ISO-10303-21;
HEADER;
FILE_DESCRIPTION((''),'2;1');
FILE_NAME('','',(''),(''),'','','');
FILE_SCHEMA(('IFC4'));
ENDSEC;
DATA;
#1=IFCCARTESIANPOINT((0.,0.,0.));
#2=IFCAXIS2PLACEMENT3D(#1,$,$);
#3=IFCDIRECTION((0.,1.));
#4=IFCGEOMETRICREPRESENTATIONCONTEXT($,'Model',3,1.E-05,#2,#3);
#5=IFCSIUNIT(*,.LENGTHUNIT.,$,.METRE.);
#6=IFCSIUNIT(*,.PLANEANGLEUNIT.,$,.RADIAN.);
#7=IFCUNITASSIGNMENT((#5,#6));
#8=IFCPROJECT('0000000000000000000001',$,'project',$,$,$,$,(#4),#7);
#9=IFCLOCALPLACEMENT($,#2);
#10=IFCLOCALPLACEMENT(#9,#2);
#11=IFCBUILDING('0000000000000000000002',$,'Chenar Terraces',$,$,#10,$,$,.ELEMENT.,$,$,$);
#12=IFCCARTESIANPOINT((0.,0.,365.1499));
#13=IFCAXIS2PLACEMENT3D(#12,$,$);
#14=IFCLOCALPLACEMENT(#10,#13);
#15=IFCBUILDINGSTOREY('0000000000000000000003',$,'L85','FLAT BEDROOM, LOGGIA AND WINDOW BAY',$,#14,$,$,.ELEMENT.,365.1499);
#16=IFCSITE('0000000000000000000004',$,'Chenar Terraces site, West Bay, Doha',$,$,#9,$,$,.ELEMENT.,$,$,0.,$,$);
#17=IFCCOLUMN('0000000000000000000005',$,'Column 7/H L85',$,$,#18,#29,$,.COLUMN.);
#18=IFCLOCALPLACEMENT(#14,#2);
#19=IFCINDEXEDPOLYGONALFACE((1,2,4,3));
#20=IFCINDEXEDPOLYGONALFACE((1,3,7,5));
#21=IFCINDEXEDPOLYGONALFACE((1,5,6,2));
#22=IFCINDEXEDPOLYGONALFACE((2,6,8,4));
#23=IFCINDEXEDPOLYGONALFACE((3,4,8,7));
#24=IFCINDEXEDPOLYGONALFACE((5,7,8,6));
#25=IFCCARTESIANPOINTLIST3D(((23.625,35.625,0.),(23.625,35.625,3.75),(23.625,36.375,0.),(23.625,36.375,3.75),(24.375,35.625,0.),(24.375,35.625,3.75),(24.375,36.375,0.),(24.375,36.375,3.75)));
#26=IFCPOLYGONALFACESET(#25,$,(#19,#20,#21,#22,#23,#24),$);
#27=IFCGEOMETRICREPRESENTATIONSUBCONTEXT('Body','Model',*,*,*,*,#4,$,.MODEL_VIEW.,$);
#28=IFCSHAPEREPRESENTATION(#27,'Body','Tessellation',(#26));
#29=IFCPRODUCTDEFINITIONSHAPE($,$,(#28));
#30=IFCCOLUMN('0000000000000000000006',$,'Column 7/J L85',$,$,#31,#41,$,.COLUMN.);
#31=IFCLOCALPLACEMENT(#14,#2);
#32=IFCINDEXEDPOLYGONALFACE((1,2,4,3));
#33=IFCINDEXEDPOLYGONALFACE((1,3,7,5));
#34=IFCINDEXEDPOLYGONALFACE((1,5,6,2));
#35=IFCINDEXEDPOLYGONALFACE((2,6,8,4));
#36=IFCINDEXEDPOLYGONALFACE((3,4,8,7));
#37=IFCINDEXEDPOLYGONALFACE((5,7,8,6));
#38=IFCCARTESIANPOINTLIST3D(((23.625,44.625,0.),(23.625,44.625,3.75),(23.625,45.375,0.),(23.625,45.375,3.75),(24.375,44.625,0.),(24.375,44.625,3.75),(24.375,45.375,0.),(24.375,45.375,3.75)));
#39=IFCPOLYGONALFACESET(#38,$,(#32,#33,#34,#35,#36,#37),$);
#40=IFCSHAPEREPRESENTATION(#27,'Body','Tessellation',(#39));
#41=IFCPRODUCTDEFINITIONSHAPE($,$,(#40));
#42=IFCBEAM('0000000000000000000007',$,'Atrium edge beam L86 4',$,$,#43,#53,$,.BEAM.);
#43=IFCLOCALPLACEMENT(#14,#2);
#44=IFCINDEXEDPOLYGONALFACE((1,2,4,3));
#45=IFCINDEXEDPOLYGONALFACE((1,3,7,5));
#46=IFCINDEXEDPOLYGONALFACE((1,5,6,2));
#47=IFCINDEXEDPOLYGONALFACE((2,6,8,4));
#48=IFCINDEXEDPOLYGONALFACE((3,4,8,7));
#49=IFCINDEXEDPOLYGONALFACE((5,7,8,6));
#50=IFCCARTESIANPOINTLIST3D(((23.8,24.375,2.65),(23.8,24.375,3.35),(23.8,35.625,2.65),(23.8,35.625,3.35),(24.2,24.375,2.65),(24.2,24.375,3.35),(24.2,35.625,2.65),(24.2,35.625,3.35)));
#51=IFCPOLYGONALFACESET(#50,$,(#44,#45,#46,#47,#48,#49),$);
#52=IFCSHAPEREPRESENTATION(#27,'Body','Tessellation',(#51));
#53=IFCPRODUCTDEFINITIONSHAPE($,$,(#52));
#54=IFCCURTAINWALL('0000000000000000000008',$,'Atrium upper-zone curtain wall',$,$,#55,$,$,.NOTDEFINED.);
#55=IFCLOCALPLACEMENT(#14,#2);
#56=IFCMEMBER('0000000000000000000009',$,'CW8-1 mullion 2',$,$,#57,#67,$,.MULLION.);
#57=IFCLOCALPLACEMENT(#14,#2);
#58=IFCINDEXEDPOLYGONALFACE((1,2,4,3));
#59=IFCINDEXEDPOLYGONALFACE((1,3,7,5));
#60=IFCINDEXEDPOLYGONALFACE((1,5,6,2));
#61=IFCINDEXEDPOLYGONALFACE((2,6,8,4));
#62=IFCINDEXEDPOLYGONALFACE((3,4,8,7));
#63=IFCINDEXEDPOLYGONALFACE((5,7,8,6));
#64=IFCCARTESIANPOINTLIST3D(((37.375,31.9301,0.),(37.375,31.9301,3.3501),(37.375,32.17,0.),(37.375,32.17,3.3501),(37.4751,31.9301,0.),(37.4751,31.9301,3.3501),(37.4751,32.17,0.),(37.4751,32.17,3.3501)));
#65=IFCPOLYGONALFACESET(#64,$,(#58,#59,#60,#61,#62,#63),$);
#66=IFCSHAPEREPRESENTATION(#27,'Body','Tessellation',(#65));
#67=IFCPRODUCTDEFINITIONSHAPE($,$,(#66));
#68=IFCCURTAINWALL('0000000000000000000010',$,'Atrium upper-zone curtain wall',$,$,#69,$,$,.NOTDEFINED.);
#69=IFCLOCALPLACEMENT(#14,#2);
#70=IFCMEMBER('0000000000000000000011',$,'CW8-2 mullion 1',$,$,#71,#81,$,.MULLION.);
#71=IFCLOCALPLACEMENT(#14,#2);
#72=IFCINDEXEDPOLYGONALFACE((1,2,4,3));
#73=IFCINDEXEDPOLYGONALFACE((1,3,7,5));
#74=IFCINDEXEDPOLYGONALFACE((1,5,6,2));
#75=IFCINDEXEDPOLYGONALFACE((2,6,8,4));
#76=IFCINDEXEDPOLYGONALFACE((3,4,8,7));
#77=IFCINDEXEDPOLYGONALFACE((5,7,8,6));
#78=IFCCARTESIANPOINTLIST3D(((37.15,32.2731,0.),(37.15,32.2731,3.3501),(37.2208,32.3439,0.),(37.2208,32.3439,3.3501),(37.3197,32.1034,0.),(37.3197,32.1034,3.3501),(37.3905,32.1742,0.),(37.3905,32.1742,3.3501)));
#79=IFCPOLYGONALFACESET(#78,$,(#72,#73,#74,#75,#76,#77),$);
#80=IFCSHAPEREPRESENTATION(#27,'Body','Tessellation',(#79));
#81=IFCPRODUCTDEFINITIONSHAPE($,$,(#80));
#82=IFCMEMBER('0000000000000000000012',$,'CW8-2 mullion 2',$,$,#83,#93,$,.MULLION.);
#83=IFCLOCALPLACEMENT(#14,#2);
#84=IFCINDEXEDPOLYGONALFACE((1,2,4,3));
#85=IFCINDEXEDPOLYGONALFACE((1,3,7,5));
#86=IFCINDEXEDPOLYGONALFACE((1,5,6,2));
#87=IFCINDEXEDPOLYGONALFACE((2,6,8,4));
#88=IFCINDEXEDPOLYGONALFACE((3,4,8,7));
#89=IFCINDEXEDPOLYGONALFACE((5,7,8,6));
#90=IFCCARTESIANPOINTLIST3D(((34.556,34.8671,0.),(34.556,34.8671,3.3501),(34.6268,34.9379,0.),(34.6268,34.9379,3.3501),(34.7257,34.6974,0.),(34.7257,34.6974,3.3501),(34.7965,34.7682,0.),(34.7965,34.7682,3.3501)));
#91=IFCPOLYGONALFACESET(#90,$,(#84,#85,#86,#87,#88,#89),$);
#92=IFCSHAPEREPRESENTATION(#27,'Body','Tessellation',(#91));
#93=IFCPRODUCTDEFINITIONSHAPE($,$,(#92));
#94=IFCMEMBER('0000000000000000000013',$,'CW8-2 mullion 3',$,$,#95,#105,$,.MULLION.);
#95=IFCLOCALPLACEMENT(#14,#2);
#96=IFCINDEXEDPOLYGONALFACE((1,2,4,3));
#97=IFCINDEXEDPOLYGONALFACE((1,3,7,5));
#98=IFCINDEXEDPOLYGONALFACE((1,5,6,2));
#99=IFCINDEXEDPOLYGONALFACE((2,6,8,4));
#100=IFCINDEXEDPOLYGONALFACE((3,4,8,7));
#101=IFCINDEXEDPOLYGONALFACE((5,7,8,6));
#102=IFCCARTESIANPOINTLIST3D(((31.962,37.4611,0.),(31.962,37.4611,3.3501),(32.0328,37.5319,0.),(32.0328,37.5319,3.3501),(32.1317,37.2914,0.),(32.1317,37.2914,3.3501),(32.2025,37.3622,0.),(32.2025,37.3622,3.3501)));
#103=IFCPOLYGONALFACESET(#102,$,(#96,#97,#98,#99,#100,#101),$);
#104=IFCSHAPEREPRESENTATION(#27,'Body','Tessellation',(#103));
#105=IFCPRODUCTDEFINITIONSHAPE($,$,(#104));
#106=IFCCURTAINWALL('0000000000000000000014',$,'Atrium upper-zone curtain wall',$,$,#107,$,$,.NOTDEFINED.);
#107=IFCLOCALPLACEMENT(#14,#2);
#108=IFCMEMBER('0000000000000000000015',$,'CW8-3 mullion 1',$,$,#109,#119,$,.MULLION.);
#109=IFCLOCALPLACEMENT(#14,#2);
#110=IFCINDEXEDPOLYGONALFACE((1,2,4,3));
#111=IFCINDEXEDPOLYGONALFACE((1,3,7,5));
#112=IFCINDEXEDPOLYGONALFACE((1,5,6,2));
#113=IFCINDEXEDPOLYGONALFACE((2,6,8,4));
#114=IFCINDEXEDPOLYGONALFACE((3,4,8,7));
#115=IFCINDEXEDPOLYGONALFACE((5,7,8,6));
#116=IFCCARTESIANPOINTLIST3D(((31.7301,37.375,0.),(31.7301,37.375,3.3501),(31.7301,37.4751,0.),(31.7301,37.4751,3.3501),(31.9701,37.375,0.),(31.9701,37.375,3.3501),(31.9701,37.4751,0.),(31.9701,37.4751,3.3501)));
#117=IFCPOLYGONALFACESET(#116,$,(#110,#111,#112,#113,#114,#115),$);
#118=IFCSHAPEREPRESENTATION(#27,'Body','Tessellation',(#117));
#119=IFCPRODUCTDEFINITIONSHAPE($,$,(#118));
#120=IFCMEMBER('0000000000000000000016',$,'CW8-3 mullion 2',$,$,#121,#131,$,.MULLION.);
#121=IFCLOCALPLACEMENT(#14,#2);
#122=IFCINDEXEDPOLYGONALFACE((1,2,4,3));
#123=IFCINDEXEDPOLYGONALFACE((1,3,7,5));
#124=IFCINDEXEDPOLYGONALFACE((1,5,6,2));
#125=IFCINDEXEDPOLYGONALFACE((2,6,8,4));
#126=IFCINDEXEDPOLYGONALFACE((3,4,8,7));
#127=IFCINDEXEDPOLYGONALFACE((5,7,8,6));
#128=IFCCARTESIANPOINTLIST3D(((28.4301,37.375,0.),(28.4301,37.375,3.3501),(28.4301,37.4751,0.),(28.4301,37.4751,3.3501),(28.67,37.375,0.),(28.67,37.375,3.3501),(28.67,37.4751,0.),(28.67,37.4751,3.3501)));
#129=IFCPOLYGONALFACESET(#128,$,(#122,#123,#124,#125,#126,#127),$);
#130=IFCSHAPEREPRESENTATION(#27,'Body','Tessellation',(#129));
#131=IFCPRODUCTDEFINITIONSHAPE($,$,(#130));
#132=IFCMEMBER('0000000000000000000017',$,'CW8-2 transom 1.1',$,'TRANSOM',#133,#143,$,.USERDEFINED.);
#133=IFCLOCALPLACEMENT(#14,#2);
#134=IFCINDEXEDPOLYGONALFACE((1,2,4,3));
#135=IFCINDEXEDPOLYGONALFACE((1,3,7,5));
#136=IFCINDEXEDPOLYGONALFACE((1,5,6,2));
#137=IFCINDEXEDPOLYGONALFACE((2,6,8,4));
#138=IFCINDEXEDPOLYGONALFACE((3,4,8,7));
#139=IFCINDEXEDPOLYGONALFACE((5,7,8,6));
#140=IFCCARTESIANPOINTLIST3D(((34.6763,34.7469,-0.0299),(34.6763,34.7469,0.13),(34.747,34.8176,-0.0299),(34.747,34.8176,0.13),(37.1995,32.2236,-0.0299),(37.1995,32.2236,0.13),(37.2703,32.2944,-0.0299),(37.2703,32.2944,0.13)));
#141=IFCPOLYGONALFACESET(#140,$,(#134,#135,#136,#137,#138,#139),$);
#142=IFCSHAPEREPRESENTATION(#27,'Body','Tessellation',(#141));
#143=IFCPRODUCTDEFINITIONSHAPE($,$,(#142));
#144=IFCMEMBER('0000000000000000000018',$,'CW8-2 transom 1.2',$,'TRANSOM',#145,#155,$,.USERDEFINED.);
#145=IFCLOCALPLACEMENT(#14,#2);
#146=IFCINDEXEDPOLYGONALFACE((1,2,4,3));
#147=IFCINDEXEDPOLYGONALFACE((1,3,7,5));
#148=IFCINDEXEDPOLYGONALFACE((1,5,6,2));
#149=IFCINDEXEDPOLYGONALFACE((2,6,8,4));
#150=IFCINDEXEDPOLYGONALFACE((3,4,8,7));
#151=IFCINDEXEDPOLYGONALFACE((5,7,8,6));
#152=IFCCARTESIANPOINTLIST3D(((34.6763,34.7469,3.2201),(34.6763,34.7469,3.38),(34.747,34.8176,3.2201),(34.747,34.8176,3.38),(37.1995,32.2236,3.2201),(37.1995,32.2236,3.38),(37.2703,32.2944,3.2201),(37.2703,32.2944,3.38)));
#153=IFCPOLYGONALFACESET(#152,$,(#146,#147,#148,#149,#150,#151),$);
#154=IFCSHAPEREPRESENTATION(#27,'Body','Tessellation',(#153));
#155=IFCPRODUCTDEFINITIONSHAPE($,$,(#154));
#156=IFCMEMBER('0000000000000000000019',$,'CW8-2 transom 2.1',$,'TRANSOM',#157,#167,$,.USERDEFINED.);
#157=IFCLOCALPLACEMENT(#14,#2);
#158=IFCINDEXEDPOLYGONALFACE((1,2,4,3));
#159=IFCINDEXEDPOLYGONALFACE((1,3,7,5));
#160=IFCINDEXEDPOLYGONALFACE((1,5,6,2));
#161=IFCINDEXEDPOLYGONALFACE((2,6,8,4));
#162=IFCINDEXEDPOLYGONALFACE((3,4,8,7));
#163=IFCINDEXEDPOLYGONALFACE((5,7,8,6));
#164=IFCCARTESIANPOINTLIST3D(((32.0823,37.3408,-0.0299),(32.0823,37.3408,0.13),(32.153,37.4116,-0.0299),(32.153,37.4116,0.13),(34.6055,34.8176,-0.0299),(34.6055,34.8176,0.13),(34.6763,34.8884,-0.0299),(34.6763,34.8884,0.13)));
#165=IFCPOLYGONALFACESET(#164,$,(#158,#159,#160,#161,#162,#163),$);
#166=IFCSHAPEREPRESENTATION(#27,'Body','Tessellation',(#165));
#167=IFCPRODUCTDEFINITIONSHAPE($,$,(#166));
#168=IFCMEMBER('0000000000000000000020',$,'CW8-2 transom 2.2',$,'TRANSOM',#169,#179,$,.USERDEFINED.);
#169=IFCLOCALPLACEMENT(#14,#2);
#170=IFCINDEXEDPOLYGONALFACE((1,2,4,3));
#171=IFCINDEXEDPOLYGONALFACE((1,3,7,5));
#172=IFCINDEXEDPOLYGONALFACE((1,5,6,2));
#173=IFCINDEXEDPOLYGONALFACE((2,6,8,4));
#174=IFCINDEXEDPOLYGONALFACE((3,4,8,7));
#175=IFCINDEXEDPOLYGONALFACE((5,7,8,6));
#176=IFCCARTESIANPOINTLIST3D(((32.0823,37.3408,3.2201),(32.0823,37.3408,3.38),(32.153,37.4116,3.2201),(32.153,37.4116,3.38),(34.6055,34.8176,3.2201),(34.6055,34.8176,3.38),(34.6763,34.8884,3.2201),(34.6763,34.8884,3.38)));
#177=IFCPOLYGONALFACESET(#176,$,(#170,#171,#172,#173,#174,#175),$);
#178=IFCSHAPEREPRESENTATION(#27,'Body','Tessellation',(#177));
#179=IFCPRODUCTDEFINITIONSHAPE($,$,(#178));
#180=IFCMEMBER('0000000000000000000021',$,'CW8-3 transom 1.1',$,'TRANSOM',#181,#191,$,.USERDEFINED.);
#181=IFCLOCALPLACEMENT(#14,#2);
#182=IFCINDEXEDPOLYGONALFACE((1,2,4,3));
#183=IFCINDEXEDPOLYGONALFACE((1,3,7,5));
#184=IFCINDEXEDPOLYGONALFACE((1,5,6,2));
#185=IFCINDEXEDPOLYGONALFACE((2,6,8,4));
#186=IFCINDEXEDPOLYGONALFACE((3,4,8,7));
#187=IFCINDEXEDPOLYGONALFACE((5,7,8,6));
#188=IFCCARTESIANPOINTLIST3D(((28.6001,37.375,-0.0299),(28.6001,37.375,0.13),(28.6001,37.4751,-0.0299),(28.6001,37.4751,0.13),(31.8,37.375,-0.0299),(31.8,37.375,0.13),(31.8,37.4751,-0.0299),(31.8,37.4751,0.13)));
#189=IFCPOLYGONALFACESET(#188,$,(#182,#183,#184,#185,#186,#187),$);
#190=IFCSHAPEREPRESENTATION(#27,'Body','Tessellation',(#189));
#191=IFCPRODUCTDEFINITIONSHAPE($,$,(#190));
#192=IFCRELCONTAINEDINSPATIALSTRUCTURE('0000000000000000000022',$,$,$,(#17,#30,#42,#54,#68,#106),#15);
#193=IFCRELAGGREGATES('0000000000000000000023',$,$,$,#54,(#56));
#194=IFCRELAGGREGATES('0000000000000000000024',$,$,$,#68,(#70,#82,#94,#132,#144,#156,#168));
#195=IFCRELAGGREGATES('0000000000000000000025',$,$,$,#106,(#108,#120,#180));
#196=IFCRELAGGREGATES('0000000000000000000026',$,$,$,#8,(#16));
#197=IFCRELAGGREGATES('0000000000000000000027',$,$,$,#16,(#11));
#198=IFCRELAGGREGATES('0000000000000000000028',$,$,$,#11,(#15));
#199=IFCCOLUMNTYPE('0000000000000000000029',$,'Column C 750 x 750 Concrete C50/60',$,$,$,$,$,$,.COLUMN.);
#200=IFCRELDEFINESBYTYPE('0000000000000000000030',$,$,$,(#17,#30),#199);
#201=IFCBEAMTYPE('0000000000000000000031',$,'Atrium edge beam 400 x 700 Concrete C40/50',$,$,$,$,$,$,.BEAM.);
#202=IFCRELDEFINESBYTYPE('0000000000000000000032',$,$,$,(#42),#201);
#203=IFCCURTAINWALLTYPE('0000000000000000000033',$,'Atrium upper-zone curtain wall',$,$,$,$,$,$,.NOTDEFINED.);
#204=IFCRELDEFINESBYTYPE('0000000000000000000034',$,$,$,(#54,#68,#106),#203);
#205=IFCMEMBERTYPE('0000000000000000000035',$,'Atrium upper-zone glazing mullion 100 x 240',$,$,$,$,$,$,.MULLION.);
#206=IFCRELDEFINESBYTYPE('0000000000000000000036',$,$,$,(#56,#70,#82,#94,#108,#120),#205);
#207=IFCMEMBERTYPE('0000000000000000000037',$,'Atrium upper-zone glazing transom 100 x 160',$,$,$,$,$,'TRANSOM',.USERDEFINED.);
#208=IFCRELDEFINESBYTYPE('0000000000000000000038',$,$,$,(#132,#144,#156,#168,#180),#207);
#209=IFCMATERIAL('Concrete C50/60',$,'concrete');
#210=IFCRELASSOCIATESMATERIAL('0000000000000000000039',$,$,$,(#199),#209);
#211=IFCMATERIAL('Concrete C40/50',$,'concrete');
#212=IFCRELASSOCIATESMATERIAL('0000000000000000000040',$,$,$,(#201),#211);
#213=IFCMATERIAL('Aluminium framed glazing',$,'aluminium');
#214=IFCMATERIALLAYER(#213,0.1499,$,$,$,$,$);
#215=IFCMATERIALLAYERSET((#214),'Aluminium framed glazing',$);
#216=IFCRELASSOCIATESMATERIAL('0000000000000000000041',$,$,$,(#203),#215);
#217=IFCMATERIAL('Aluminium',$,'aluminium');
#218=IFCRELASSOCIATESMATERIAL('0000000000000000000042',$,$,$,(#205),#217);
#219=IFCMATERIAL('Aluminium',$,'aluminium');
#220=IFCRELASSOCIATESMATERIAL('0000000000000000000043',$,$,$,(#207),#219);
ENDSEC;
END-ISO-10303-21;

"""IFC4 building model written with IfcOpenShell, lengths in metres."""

from ifc_helpers import new_model, si_unit, direction, frame, origin, origin_2d, place, context, subcontext, project, spatial, rectangle, extrude, material, layer, layer_set, material_profile, profile_set, type_object, element, aggregate, save


model = new_model("IFC4")

# Units and contexts
model_context = context("Model", 3, precision=1e-05, world=origin(), true_north=direction((0.0, 1.0)))
body_context = subcontext(model_context, "Body", "Model", "MODEL_VIEW")
ifc_project = project(units=[si_unit("LENGTHUNIT", "METRE"), si_unit("PLANEANGLEUNIT", "RADIAN")], contexts=[model_context])

# Site, building, storey
site_placement = place(None, origin())
site = spatial("IfcSite", under=ifc_project, at=site_placement, Name="Chenar Terraces site, West Bay, Doha", CompositionType="ELEMENT", RefElevation=0.0)
building_placement = place(site_placement, origin())
building = spatial("IfcBuilding", under=site, at=building_placement, Name="Chenar Terraces", CompositionType="ELEMENT")
storey_placement = place(building_placement, frame((0.0, 0.0, 365.1499)))
storey = spatial("IfcBuildingStorey", under=building, at=storey_placement, Name="L85", Description="FLAT BEDROOM, LOGGIA AND WINDOW BAY", CompositionType="ELEMENT", Elevation=365.1499)

# Columns
ifc_material_1 = material(Name="Concrete C50/60", Category="concrete")
ifc_material_profile_1 = material_profile(ifc_material_1, rectangle(XDim=0.75, YDim=0.75, at=origin_2d()), Name="C 750 x 750")
ifc_profile_set_1 = profile_set([ifc_material_profile_1], Name="Concrete C50/60")
column_type = type_object("IfcColumnType", Name="Column C 750 x 750 Concrete C50/60", PredefinedType="COLUMN", material=ifc_profile_set_1)
for number, where, z_axis, x_axis, name in (
    (1, (24.0, 36.0, 0.0), (0.0, 0.0, 1.0), (1.0, 0.0, 0.0), "Column 7/H L85"),
    (2, (24.0, 45.0, 0.0), (0.0, 0.0, 1.0), (1.0, 0.0, 0.0), "Column 7/J L85"),
):
    element("IfcColumn", number, at=place(storey_placement, frame(where, z_axis=z_axis, x_axis=x_axis)), inside=storey, type_object=column_type, Name=name, PredefinedType="COLUMN", context=body_context, shape_type="SweptSolid", body=[
        extrude(rectangle(XDim=0.75, YDim=0.75, at=origin_2d()), origin(), (0.0, 0.0, 1.0), 3.75),
    ])

# Beam
ifc_material_2 = material(Name="Concrete C40/50", Category="concrete")
ifc_material_profile_2 = material_profile(ifc_material_2, rectangle(XDim=0.3999, YDim=0.7, at=origin_2d()), Name="RC 400 x 700")
ifc_profile_set_2 = profile_set([ifc_material_profile_2], Name="Concrete C40/50")
beam_type = type_object("IfcBeamType", Name="Atrium edge beam 400 x 700 Concrete C40/50", PredefinedType="BEAM", material=ifc_profile_set_2)
beam_placement = place(storey_placement, frame((24.0, 35.625, 3.0), z_axis=(0.0, -1.0, 0.0), x_axis=(1.0, 0.0, 0.0)))
element("IfcBeam", 3, at=beam_placement, inside=storey, type_object=beam_type, Name="Atrium edge beam L86 4", PredefinedType="BEAM", context=body_context, shape_type="SweptSolid", body=[
    extrude(rectangle(XDim=0.3999, YDim=0.7, at=origin_2d()), origin(), (0.0, 0.0, 1.0), 11.25),
])

# Curtain wall, member
ifc_material_3 = material(Name="Aluminium framed glazing", Category="aluminium")
ifc_layer_1 = layer(ifc_material_3, 0.1499)
ifc_layer_set_1 = layer_set([ifc_layer_1], Name="Aluminium framed glazing")
curtain_wall_type = type_object("IfcCurtainWallType", Name="Atrium upper-zone curtain wall", PredefinedType="NOTDEFINED", material=ifc_layer_set_1)
placement = place(storey_placement, origin())
curtain_wall_1 = element("IfcCurtainWall", 4, at=placement, inside=storey, type_object=curtain_wall_type, Name="Atrium upper-zone curtain wall", PredefinedType="NOTDEFINED")
ifc_material_4 = material(Name="Aluminium", Category="aluminium")
ifc_material_profile_3 = material_profile(ifc_material_4, rectangle(XDim=0.1001, YDim=0.24, at=origin_2d()), Name="Atrium upper-zone glazing mullion 100 x 240")
ifc_profile_set_3 = profile_set([ifc_material_profile_3], Name="Aluminium")
member_type_1 = type_object("IfcMemberType", Name="Atrium upper-zone glazing mullion 100 x 240", PredefinedType="MULLION", material=ifc_profile_set_3)
member_1_placement = place(storey_placement, frame((37.425, 32.05, 0.0), z_axis=(0.0, 0.0, 1.0), x_axis=(-1.0, 0.0, 0.0)))
member_1 = element("IfcMember", 5, at=member_1_placement, type_object=member_type_1, Name="CW8-1 mullion 2", PredefinedType="MULLION", context=body_context, shape_type="SweptSolid", body=[
    extrude(rectangle(XDim=0.1001, YDim=0.24, at=origin_2d()), origin(), (0.0, 0.0, 1.0), 3.3501),
])

# Curtain walls, members
curtain_wall_2 = element("IfcCurtainWall", 6, at=placement, inside=storey, type_object=curtain_wall_type, Name="Atrium upper-zone curtain wall", PredefinedType="NOTDEFINED")
member_2_placement = place(storey_placement, frame((37.2703, 32.2236, 0.0), z_axis=(0.0, 0.0, 1.0), x_axis=(-0.707107, -0.707107, 0.0)))
member_2 = element("IfcMember", 7, at=member_2_placement, type_object=member_type_1, Name="CW8-2 mullion 1", PredefinedType="MULLION", context=body_context, shape_type="SweptSolid", body=[
    extrude(rectangle(XDim=0.1001, YDim=0.24, at=origin_2d()), origin(), (0.0, 0.0, 1.0), 3.3501),
])
member_3_placement = place(storey_placement, frame((34.6763, 34.8176, 0.0), z_axis=(0.0, 0.0, 1.0), x_axis=(-0.707107, -0.707107, 0.0)))
member_3 = element("IfcMember", 8, at=member_3_placement, type_object=member_type_1, Name="CW8-2 mullion 2", PredefinedType="MULLION", context=body_context, shape_type="SweptSolid", body=[
    extrude(rectangle(XDim=0.1001, YDim=0.24, at=origin_2d()), origin(), (0.0, 0.0, 1.0), 3.3501),
])
member_4_placement = place(storey_placement, frame((32.0823, 37.4116, 0.0), z_axis=(0.0, 0.0, 1.0), x_axis=(-0.707107, -0.707107, 0.0)))
member_4 = element("IfcMember", 9, at=member_4_placement, type_object=member_type_1, Name="CW8-2 mullion 3", PredefinedType="MULLION", context=body_context, shape_type="SweptSolid", body=[
    extrude(rectangle(XDim=0.1001, YDim=0.24, at=origin_2d()), origin(), (0.0, 0.0, 1.0), 3.3501),
])
curtain_wall_3 = element("IfcCurtainWall", 10, at=placement, inside=storey, type_object=curtain_wall_type, Name="Atrium upper-zone curtain wall", PredefinedType="NOTDEFINED")
member_5_placement = place(storey_placement, frame((31.8501, 37.425, 0.0), z_axis=(0.0, 0.0, 1.0), x_axis=(0.0, -1.0, 0.0)))
member_5 = element("IfcMember", 11, at=member_5_placement, type_object=member_type_1, Name="CW8-3 mullion 1", PredefinedType="MULLION", context=body_context, shape_type="SweptSolid", body=[
    extrude(rectangle(XDim=0.1001, YDim=0.24, at=origin_2d()), origin(), (0.0, 0.0, 1.0), 3.3501),
])
member_6_placement = place(storey_placement, frame((28.55, 37.425, 0.0), z_axis=(0.0, 0.0, 1.0), x_axis=(0.0, -1.0, 0.0)))
member_6 = element("IfcMember", 12, at=member_6_placement, type_object=member_type_1, Name="CW8-3 mullion 2", PredefinedType="MULLION", context=body_context, shape_type="SweptSolid", body=[
    extrude(rectangle(XDim=0.1001, YDim=0.24, at=origin_2d()), origin(), (0.0, 0.0, 1.0), 3.3501),
])

# Members
ifc_material_5 = material(Name="Aluminium", Category="aluminium")
ifc_material_profile_4 = material_profile(ifc_material_5, rectangle(XDim=0.1001, YDim=0.1599, at=origin_2d()), Name="Atrium upper-zone glazing transom 100 x 160")
ifc_profile_set_4 = profile_set([ifc_material_profile_4], Name="Aluminium")
member_type_2 = type_object("IfcMemberType", Name="Atrium upper-zone glazing transom 100 x 160", ElementType="TRANSOM", PredefinedType="USERDEFINED", material=ifc_profile_set_4)
member_7_placement = place(storey_placement, frame((37.2349, 32.259, 0.05), z_axis=(-0.707107, 0.707107, 0.0), x_axis=(-0.707107, -0.707107, 0.0)))
member_7 = element("IfcMember", 13, at=member_7_placement, type_object=member_type_2, Name="CW8-2 transom 1.1", ObjectType="TRANSOM", PredefinedType="USERDEFINED", context=body_context, shape_type="SweptSolid", body=[
    extrude(rectangle(XDim=0.1001, YDim=0.1599, at=origin_2d()), origin(), (0.0, 0.0, 1.0), 3.5684),
])
member_8_placement = place(storey_placement, frame((37.2349, 32.259, 3.3), z_axis=(-0.707107, 0.707107, 0.0), x_axis=(-0.707107, -0.707107, 0.0)))
member_8 = element("IfcMember", 14, at=member_8_placement, type_object=member_type_2, Name="CW8-2 transom 1.2", ObjectType="TRANSOM", PredefinedType="USERDEFINED", context=body_context, shape_type="SweptSolid", body=[
    extrude(rectangle(XDim=0.1001, YDim=0.1599, at=origin_2d()), origin(), (0.0, 0.0, 1.0), 3.5684),
])
member_9_placement = place(storey_placement, frame((34.6409, 34.853, 0.05), z_axis=(-0.707107, 0.707107, 0.0), x_axis=(-0.707107, -0.707107, 0.0)))
member_9 = element("IfcMember", 15, at=member_9_placement, type_object=member_type_2, Name="CW8-2 transom 2.1", ObjectType="TRANSOM", PredefinedType="USERDEFINED", context=body_context, shape_type="SweptSolid", body=[
    extrude(rectangle(XDim=0.1001, YDim=0.1599, at=origin_2d()), origin(), (0.0, 0.0, 1.0), 3.5684),
])
member_10_placement = place(storey_placement, frame((34.6409, 34.853, 3.3), z_axis=(-0.707107, 0.707107, 0.0), x_axis=(-0.707107, -0.707107, 0.0)))
member_10 = element("IfcMember", 16, at=member_10_placement, type_object=member_type_2, Name="CW8-2 transom 2.2", ObjectType="TRANSOM", PredefinedType="USERDEFINED", context=body_context, shape_type="SweptSolid", body=[
    extrude(rectangle(XDim=0.1001, YDim=0.1599, at=origin_2d()), origin(), (0.0, 0.0, 1.0), 3.5684),
])
member_11_placement = place(storey_placement, frame((31.8, 37.425, 0.05), z_axis=(-1.0, 0.0, 0.0), x_axis=(0.0, -1.0, 0.0)))
member_11 = element("IfcMember", 17, at=member_11_placement, type_object=member_type_2, Name="CW8-3 transom 1.1", ObjectType="TRANSOM", PredefinedType="USERDEFINED", context=body_context, shape_type="SweptSolid", body=[
    extrude(rectangle(XDim=0.1001, YDim=0.1599, at=origin_2d()), origin(), (0.0, 0.0, 1.0), 3.2),
])

aggregate(curtain_wall_1, [member_1])
aggregate(curtain_wall_2, [member_2, member_3, member_4, member_7, member_8, member_9, member_10])
aggregate(curtain_wall_3, [member_5, member_6, member_11])

save(model, "model.ifc")
